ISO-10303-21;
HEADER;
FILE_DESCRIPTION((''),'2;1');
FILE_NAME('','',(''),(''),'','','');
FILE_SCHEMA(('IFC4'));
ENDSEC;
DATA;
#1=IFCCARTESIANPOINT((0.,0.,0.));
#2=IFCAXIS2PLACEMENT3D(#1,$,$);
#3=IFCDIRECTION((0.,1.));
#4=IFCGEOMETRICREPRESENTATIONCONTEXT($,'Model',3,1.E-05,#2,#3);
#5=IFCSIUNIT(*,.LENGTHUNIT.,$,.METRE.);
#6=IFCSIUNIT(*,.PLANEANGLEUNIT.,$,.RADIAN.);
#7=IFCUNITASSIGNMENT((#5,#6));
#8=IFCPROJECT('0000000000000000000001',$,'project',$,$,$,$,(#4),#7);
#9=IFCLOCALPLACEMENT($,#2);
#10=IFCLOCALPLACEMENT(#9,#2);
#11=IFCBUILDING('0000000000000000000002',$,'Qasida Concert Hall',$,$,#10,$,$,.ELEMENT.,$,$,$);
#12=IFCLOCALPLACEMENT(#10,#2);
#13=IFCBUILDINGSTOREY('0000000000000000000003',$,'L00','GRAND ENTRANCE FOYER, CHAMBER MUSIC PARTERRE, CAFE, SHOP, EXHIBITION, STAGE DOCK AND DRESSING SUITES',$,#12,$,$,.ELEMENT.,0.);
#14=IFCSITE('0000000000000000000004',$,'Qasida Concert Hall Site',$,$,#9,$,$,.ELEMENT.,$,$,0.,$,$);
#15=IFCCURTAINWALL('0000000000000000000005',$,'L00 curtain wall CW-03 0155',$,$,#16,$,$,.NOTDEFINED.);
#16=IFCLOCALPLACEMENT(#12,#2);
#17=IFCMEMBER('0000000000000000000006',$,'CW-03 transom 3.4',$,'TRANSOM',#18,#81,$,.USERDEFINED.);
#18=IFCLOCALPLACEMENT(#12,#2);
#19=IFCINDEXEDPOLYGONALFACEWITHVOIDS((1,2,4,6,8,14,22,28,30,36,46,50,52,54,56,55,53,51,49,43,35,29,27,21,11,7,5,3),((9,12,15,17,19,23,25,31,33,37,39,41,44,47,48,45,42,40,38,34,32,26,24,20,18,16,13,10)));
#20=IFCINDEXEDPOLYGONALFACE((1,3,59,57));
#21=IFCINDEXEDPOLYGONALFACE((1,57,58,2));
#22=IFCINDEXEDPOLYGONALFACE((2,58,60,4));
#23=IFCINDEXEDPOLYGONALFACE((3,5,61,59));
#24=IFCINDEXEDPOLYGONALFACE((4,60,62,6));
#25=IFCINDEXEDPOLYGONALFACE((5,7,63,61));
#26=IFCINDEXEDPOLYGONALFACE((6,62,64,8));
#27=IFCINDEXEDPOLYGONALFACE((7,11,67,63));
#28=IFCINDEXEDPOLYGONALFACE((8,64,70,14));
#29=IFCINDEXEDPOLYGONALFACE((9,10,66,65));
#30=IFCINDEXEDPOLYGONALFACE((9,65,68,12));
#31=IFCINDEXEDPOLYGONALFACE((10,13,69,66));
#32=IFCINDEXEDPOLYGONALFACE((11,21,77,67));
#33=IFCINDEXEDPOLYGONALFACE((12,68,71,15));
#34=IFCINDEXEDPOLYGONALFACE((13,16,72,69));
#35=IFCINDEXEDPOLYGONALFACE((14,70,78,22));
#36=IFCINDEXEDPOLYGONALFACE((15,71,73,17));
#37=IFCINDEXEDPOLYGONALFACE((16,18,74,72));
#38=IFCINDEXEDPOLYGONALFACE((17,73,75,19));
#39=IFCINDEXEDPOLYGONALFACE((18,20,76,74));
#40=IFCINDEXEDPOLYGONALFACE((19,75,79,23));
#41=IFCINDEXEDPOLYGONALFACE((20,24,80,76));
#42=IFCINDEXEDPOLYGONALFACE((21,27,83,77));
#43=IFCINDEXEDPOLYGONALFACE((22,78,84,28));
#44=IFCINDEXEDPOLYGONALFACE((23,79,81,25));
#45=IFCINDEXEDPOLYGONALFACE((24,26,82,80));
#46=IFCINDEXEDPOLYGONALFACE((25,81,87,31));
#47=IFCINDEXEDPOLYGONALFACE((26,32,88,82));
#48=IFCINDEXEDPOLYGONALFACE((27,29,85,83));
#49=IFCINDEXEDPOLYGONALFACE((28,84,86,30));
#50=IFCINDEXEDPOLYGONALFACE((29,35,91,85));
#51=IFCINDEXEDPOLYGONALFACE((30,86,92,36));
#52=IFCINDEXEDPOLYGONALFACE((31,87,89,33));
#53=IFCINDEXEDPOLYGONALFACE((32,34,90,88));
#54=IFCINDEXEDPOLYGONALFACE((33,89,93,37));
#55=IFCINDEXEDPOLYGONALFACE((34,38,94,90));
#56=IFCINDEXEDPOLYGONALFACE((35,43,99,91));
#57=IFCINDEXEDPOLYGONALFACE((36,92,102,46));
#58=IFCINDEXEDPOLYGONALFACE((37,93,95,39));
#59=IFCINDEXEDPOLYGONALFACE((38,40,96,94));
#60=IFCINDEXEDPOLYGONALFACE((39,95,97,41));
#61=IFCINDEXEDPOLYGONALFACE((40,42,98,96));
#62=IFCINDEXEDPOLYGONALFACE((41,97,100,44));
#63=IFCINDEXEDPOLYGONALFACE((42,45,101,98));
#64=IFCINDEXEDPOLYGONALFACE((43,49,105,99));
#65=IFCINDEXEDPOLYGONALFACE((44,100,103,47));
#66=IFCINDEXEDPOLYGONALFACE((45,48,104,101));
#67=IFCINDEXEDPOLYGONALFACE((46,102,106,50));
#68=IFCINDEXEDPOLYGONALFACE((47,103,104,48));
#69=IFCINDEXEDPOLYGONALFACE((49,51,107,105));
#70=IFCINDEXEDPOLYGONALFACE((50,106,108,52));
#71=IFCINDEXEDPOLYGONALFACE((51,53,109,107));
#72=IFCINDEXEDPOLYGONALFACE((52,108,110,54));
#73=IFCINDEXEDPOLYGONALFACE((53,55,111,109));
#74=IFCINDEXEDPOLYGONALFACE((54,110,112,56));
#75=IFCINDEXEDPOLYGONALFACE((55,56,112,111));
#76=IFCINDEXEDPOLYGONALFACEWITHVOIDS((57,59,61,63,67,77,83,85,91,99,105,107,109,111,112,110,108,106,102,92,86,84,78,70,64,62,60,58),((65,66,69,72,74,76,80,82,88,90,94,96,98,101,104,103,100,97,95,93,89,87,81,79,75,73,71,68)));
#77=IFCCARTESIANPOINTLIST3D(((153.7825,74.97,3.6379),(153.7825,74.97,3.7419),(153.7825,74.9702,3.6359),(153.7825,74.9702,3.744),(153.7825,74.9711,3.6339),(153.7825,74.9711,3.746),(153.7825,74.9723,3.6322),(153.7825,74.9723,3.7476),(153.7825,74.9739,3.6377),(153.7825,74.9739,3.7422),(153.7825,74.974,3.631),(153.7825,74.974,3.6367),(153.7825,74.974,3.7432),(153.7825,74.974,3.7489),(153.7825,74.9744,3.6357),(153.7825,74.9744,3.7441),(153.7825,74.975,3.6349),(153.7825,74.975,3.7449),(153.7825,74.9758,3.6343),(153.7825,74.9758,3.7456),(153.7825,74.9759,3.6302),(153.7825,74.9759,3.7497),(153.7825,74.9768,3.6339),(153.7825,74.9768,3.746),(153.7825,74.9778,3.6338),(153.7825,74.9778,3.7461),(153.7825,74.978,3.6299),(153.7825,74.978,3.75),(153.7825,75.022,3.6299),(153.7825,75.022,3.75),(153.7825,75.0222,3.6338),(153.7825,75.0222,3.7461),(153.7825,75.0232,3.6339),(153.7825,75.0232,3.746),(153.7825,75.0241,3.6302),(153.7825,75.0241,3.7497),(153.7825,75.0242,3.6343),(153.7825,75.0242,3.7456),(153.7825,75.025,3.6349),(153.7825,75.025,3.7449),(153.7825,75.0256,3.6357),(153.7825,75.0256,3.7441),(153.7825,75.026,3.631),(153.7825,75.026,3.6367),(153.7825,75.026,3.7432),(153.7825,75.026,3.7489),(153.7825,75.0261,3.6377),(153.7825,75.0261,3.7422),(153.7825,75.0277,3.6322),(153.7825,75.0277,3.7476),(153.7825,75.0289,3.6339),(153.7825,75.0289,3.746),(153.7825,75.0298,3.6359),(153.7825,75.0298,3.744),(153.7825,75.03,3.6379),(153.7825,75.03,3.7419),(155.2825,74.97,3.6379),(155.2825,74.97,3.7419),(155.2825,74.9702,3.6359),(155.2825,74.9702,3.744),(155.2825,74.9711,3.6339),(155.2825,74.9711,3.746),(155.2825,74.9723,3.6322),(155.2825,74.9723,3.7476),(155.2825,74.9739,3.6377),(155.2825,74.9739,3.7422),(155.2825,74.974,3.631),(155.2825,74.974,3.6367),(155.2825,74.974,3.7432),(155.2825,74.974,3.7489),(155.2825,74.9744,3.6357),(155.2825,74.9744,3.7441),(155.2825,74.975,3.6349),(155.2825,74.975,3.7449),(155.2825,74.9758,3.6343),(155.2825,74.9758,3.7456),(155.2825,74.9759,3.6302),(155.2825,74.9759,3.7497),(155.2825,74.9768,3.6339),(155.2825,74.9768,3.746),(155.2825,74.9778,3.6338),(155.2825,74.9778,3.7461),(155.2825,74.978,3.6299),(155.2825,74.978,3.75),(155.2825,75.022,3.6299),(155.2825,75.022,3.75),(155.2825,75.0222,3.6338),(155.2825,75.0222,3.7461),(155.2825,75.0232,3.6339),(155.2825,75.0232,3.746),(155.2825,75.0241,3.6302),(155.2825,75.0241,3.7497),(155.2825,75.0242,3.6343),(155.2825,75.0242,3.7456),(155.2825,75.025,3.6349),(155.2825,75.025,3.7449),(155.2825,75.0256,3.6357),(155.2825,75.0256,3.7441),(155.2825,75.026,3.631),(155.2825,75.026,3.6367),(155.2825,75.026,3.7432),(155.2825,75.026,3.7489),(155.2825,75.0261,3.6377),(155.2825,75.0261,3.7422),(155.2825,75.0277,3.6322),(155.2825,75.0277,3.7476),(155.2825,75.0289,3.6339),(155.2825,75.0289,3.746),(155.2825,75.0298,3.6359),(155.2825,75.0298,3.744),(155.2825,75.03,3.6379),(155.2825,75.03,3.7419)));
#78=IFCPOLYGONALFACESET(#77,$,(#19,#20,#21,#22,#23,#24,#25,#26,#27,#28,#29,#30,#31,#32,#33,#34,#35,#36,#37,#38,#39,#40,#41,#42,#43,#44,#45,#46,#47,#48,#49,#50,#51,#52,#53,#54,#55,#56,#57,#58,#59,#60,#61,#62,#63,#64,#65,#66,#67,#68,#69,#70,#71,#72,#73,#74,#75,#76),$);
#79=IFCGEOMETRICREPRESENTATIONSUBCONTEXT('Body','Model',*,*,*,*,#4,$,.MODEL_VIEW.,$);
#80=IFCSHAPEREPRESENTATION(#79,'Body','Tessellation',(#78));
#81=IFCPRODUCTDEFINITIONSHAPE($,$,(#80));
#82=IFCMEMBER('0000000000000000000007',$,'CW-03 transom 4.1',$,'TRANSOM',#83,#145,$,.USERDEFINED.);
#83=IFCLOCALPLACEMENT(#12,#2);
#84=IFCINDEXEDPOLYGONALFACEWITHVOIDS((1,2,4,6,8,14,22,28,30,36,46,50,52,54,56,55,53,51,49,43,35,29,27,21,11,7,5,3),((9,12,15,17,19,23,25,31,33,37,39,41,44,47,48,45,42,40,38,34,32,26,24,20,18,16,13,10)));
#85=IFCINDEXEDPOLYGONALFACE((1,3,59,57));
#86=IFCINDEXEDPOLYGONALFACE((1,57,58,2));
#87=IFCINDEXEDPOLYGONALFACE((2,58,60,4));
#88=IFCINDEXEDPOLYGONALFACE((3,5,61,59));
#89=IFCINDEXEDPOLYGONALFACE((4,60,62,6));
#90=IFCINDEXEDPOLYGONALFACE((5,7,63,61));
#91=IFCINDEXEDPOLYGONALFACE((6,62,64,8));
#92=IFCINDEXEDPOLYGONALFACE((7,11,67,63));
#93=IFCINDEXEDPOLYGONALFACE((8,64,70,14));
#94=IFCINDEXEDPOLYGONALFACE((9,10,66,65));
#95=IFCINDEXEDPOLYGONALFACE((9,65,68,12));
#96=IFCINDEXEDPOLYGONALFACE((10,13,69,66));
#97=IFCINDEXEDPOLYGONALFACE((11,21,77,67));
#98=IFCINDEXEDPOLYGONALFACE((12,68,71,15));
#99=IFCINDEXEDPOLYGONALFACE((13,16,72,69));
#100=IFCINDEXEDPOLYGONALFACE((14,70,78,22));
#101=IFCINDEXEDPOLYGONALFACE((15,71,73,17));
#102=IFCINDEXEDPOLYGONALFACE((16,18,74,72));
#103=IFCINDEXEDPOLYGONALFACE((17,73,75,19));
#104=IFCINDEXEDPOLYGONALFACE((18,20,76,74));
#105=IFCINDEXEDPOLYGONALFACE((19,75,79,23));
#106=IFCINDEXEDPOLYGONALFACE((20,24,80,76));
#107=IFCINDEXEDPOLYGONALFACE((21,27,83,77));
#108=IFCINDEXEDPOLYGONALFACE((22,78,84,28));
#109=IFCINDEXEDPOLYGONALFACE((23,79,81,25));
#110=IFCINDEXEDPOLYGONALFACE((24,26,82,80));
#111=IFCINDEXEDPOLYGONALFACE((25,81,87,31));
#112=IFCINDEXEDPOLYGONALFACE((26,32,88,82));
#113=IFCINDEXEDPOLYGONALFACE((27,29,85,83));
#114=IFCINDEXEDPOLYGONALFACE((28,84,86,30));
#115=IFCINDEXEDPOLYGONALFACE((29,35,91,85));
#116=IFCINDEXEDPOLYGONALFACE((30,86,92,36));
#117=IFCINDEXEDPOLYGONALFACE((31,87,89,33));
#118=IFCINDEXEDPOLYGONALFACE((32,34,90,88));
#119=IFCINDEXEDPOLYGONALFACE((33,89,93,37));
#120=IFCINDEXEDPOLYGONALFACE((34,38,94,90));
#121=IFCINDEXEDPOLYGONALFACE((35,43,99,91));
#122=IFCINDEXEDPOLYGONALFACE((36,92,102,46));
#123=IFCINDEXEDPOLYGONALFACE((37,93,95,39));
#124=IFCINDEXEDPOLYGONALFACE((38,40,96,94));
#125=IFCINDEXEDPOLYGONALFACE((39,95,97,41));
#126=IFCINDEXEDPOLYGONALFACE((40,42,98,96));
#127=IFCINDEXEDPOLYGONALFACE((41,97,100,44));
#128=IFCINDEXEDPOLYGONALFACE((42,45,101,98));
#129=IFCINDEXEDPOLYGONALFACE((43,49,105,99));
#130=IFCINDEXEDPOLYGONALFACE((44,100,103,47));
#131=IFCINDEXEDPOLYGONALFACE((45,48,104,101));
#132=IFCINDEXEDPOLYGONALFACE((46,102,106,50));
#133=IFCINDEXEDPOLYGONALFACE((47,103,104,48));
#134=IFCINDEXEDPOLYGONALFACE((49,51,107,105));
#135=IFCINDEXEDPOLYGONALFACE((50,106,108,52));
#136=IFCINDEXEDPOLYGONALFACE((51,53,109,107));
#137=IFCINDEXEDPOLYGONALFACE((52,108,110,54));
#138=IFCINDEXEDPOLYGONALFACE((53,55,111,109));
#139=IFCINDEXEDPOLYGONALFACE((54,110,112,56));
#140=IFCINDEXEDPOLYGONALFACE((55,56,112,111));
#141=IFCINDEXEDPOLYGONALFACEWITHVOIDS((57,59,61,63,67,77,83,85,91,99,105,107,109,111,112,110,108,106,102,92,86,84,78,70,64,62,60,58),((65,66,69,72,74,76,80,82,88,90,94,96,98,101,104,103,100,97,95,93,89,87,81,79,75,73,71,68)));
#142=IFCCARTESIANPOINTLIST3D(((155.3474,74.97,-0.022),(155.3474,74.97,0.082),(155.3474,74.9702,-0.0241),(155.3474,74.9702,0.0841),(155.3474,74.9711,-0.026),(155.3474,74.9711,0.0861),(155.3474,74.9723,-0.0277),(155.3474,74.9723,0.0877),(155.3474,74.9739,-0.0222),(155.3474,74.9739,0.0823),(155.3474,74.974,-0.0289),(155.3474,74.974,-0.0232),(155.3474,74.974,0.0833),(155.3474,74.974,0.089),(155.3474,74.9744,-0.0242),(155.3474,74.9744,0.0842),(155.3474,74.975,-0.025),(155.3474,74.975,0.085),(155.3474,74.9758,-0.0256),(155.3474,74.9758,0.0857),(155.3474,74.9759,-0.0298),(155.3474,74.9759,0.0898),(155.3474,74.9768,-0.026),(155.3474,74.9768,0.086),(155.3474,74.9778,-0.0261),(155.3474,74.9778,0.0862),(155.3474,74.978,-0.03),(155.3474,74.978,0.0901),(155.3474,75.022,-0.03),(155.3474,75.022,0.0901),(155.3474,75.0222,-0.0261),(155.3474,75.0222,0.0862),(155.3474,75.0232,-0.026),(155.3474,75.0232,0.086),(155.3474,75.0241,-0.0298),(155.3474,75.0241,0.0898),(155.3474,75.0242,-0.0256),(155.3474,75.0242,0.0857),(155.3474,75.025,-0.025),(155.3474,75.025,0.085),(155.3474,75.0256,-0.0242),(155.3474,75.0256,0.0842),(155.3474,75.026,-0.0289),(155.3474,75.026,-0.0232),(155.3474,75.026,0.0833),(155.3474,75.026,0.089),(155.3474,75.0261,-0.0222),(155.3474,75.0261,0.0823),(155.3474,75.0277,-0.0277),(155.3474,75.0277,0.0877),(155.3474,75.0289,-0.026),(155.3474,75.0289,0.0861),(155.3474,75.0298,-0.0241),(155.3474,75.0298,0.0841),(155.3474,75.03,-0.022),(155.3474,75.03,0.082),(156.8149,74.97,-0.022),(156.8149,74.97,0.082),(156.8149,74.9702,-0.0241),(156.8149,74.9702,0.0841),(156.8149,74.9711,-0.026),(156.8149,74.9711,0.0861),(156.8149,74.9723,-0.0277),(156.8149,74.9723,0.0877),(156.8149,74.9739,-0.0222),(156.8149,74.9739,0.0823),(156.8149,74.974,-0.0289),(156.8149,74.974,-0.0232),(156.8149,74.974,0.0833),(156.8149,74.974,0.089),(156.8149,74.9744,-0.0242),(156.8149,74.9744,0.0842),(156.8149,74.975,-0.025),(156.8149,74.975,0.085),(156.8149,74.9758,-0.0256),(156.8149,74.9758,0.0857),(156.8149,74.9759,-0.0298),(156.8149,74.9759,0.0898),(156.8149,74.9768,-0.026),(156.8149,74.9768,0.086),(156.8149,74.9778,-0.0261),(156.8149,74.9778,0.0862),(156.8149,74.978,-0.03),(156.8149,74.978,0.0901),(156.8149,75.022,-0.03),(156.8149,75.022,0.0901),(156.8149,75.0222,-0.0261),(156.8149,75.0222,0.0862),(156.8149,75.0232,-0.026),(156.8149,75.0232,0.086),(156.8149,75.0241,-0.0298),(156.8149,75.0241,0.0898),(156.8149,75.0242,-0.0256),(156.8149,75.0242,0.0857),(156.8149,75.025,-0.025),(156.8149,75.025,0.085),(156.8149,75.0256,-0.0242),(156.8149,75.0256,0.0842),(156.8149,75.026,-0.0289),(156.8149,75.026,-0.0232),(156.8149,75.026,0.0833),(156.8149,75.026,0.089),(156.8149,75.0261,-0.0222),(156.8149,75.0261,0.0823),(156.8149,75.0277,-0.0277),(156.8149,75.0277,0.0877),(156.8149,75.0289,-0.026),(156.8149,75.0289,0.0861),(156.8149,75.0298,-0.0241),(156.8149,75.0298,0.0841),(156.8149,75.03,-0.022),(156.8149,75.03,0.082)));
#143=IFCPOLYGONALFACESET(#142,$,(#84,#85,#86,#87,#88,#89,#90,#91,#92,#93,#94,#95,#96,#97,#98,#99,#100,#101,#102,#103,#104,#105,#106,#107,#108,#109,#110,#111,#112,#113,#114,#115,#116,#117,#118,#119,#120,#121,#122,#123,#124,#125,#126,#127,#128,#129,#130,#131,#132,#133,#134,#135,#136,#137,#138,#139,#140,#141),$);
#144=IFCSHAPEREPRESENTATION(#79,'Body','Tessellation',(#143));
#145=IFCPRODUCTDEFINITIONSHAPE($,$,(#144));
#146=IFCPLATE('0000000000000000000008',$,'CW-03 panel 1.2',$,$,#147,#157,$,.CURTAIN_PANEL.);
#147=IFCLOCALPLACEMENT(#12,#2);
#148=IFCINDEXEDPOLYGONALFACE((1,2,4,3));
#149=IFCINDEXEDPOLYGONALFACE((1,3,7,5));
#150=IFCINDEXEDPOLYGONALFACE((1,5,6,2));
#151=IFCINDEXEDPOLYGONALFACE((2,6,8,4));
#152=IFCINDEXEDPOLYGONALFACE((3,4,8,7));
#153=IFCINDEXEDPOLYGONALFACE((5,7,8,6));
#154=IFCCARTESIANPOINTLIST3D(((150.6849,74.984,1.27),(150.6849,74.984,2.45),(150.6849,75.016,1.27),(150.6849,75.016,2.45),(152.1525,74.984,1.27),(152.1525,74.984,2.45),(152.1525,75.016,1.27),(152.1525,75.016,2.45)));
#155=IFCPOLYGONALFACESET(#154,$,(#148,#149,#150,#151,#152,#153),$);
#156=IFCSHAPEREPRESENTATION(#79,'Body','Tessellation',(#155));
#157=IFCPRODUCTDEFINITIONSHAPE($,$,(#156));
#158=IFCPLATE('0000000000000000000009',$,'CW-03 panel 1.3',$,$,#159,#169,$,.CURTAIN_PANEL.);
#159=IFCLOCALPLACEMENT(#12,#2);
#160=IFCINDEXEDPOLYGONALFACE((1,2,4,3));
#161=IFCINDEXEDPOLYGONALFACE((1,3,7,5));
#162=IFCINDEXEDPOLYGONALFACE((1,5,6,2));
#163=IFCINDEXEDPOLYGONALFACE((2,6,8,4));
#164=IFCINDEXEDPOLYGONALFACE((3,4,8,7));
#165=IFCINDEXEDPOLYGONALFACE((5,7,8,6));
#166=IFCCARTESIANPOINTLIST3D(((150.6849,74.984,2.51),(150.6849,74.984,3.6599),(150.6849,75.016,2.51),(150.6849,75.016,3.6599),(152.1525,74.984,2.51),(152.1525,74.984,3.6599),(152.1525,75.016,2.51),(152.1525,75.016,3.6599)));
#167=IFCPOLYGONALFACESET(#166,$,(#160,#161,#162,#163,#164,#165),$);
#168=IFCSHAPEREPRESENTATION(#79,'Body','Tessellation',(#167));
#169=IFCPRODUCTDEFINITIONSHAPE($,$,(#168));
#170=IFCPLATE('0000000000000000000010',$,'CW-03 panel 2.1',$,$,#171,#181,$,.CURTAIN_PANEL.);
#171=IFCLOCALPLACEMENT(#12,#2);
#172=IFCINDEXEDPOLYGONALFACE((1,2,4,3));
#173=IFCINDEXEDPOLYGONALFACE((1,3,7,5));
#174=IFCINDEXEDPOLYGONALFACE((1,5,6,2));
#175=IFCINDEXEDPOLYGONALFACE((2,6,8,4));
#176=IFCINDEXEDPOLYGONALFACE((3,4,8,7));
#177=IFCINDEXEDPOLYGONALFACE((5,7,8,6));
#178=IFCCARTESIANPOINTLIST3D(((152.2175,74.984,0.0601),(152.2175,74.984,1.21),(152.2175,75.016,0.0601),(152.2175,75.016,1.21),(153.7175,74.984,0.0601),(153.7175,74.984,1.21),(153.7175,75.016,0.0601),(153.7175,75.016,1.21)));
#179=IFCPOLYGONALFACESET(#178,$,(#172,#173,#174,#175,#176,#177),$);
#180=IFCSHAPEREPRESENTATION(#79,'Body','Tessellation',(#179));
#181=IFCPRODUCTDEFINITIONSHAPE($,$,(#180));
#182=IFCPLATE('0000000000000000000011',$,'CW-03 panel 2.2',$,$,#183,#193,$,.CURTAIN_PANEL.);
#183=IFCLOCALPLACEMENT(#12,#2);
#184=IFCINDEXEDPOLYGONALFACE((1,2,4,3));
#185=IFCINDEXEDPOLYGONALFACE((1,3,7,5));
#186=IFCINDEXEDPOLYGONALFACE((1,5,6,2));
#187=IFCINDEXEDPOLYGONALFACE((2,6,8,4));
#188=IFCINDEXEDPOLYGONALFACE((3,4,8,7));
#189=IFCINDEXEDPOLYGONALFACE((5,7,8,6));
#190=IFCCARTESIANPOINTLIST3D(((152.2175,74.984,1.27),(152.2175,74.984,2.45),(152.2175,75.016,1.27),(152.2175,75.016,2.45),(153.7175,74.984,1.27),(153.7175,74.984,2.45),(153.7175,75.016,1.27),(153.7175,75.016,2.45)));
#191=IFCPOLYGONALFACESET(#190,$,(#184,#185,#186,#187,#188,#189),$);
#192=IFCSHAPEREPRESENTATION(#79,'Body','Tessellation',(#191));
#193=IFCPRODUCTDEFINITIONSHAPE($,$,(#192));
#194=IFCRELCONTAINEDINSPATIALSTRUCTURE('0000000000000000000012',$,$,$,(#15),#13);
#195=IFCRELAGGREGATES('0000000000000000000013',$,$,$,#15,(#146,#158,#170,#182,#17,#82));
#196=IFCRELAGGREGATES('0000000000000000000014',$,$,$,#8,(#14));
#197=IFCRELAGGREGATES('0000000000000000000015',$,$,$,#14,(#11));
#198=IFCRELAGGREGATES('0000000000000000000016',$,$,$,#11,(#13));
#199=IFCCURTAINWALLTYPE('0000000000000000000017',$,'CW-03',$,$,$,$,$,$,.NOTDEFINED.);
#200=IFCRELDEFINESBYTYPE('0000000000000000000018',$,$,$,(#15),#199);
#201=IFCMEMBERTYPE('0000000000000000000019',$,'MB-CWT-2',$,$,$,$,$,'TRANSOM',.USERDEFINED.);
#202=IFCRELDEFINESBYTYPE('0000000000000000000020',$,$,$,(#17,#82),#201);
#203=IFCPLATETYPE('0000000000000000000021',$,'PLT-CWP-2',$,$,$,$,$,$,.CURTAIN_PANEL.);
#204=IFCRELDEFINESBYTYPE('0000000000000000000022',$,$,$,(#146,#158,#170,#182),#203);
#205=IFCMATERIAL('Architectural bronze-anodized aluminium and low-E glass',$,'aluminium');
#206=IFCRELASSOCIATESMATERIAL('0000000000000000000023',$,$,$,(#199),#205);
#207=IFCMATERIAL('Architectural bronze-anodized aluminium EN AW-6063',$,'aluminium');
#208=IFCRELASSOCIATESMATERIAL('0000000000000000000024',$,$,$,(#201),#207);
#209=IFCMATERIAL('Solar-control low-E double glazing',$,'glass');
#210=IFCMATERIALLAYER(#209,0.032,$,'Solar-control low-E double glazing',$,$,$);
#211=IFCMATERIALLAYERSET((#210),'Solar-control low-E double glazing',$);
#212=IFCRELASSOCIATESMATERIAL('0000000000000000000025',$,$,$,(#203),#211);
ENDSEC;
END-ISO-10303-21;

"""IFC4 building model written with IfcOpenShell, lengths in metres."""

from ifc_helpers import new_model, si_unit, direction, frame, origin, origin_2d, place, context, subcontext, project, spatial, rectangle, hollow_rectangle, extrude, material, layer, layer_set, material_profile, profile_set, type_object, element, aggregate, save


model = new_model("IFC4")

# Units and contexts
model_context = context("Model", 3, precision=1e-05, world=origin(), true_north=direction((0.0, 1.0)))
body_context = subcontext(model_context, "Body", "Model", "MODEL_VIEW")
ifc_project = project(units=[si_unit("LENGTHUNIT", "METRE"), si_unit("PLANEANGLEUNIT", "RADIAN")], contexts=[model_context])

# Site, building, storey
site_placement = place(None, origin())
site = spatial("IfcSite", under=ifc_project, at=site_placement, Name="Qasida Concert Hall Site", CompositionType="ELEMENT", RefElevation=0.0)
building_placement = place(site_placement, origin())
building = spatial("IfcBuilding", under=site, at=building_placement, Name="Qasida Concert Hall", CompositionType="ELEMENT")
storey_placement = place(building_placement, origin())
storey = spatial("IfcBuildingStorey", under=building, at=storey_placement, Name="L00", Description="GRAND ENTRANCE FOYER, CHAMBER MUSIC PARTERRE, CAFE, SHOP, EXHIBITION, STAGE DOCK AND DRESSING SUITES", CompositionType="ELEMENT", Elevation=0.0)

# Curtain wall, members, plates
ifc_material_1 = material(Name="Architectural bronze-anodized aluminium and low-E glass", Category="aluminium")
curtain_wall_type = type_object("IfcCurtainWallType", Name="CW-03", PredefinedType="NOTDEFINED", material=ifc_material_1)
curtain_wall_placement = place(storey_placement, origin())
curtain_wall = element("IfcCurtainWall", 1, at=curtain_wall_placement, inside=storey, type_object=curtain_wall_type, Name="L00 curtain wall CW-03 0155", PredefinedType="NOTDEFINED")
ifc_material_2 = material(Name="Architectural bronze-anodized aluminium EN AW-6063", Category="aluminium")
ifc_material_profile_1 = material_profile(ifc_material_2, hollow_rectangle(XDim=0.0601, YDim=0.1201, WallThickness=0.0039, InnerFilletRadius=0.0039, OuterFilletRadius=0.0081, at=origin_2d()), Name="CWT 120x60x4")
ifc_profile_set_1 = profile_set([ifc_material_profile_1], Name="Architectural bronze-anodized aluminium EN AW-6063")
member_type_1 = type_object("IfcMemberType", Name="MB-CWT-2", ElementType="TRANSOM", PredefinedType="USERDEFINED", material=ifc_profile_set_1)
member_1_placement = place(storey_placement, frame((153.7825, 75.0, 3.6899), z_axis=(1.0, 0.0, 0.0), x_axis=(0.0, 1.0, 0.0)))
member_1 = element("IfcMember", 2, at=member_1_placement, type_object=member_type_1, Name="CW-03 transom 3.4", ObjectType="TRANSOM", PredefinedType="USERDEFINED", context=body_context, shape_type="SweptSolid", body=[
    extrude(hollow_rectangle(XDim=0.0601, YDim=0.1201, WallThickness=0.0039, InnerFilletRadius=0.0039, OuterFilletRadius=0.0081, at=origin_2d()), origin(), (0.0, 0.0, 1.0), 1.5),
])
member_2_placement = place(storey_placement, frame((155.3474, 75.0, 0.03), z_axis=(1.0, 0.0, 0.0), x_axis=(0.0, 1.0, 0.0)))
member_2 = element("IfcMember", 3, at=member_2_placement, type_object=member_type_1, Name="CW-03 transom 4.1", ObjectType="TRANSOM", PredefinedType="USERDEFINED", context=body_context, shape_type="SweptSolid", body=[
    extrude(hollow_rectangle(XDim=0.0601, YDim=0.1201, WallThickness=0.0039, InnerFilletRadius=0.0039, OuterFilletRadius=0.0081, at=origin_2d()), origin(), (0.0, 0.0, 1.0), 1.4675),
])
ifc_material_3 = material(Name="Solar-control low-E double glazing", Category="glass")
ifc_layer_1 = layer(ifc_material_3, 0.032, Name="Solar-control low-E double glazing")
ifc_layer_set_1 = layer_set([ifc_layer_1], Name="Solar-control low-E double glazing")
plate_type = type_object("IfcPlateType", Name="PLT-CWP-2", PredefinedType="CURTAIN_PANEL", material=ifc_layer_set_1)
plate_1_placement = place(storey_placement, frame((151.4187, 75.0, 1.27), z_axis=(0.0, 0.0, 1.0), x_axis=(1.0, 0.0, 0.0)))
plate_1 = element("IfcPlate", 4, at=plate_1_placement, type_object=plate_type, Name="CW-03 panel 1.2", PredefinedType="CURTAIN_PANEL", context=body_context, shape_type="SweptSolid", body=[
    extrude(rectangle(XDim=1.4675, YDim=0.032, at=origin_2d()), origin(), (0.0, 0.0, 1.0), 1.1799),
])
plate_2_placement = place(storey_placement, frame((151.4187, 75.0, 2.51), z_axis=(0.0, 0.0, 1.0), x_axis=(1.0, 0.0, 0.0)))
plate_2 = element("IfcPlate", 5, at=plate_2_placement, type_object=plate_type, Name="CW-03 panel 1.3", PredefinedType="CURTAIN_PANEL", context=body_context, shape_type="SweptSolid", body=[
    extrude(rectangle(XDim=1.4675, YDim=0.032, at=origin_2d()), origin(), (0.0, 0.0, 1.0), 1.1499),
])
plate_3_placement = place(storey_placement, frame((152.9675, 75.0, 0.0601), z_axis=(0.0, 0.0, 1.0), x_axis=(1.0, 0.0, 0.0)))
plate_3 = element("IfcPlate", 6, at=plate_3_placement, type_object=plate_type, Name="CW-03 panel 2.1", PredefinedType="CURTAIN_PANEL", context=body_context, shape_type="SweptSolid", body=[
    extrude(rectangle(XDim=1.5, YDim=0.032, at=origin_2d()), origin(), (0.0, 0.0, 1.0), 1.1499),
])
plate_4_placement = place(storey_placement, frame((152.9675, 75.0, 1.27), z_axis=(0.0, 0.0, 1.0), x_axis=(1.0, 0.0, 0.0)))
plate_4 = element("IfcPlate", 7, at=plate_4_placement, type_object=plate_type, Name="CW-03 panel 2.2", PredefinedType="CURTAIN_PANEL", context=body_context, shape_type="SweptSolid", body=[
    extrude(rectangle(XDim=1.5, YDim=0.032, at=origin_2d()), origin(), (0.0, 0.0, 1.0), 1.1799),
])
aggregate(curtain_wall, [plate_1, plate_2, plate_3, plate_4, member_1, member_2])

save(model, "model.ifc")
